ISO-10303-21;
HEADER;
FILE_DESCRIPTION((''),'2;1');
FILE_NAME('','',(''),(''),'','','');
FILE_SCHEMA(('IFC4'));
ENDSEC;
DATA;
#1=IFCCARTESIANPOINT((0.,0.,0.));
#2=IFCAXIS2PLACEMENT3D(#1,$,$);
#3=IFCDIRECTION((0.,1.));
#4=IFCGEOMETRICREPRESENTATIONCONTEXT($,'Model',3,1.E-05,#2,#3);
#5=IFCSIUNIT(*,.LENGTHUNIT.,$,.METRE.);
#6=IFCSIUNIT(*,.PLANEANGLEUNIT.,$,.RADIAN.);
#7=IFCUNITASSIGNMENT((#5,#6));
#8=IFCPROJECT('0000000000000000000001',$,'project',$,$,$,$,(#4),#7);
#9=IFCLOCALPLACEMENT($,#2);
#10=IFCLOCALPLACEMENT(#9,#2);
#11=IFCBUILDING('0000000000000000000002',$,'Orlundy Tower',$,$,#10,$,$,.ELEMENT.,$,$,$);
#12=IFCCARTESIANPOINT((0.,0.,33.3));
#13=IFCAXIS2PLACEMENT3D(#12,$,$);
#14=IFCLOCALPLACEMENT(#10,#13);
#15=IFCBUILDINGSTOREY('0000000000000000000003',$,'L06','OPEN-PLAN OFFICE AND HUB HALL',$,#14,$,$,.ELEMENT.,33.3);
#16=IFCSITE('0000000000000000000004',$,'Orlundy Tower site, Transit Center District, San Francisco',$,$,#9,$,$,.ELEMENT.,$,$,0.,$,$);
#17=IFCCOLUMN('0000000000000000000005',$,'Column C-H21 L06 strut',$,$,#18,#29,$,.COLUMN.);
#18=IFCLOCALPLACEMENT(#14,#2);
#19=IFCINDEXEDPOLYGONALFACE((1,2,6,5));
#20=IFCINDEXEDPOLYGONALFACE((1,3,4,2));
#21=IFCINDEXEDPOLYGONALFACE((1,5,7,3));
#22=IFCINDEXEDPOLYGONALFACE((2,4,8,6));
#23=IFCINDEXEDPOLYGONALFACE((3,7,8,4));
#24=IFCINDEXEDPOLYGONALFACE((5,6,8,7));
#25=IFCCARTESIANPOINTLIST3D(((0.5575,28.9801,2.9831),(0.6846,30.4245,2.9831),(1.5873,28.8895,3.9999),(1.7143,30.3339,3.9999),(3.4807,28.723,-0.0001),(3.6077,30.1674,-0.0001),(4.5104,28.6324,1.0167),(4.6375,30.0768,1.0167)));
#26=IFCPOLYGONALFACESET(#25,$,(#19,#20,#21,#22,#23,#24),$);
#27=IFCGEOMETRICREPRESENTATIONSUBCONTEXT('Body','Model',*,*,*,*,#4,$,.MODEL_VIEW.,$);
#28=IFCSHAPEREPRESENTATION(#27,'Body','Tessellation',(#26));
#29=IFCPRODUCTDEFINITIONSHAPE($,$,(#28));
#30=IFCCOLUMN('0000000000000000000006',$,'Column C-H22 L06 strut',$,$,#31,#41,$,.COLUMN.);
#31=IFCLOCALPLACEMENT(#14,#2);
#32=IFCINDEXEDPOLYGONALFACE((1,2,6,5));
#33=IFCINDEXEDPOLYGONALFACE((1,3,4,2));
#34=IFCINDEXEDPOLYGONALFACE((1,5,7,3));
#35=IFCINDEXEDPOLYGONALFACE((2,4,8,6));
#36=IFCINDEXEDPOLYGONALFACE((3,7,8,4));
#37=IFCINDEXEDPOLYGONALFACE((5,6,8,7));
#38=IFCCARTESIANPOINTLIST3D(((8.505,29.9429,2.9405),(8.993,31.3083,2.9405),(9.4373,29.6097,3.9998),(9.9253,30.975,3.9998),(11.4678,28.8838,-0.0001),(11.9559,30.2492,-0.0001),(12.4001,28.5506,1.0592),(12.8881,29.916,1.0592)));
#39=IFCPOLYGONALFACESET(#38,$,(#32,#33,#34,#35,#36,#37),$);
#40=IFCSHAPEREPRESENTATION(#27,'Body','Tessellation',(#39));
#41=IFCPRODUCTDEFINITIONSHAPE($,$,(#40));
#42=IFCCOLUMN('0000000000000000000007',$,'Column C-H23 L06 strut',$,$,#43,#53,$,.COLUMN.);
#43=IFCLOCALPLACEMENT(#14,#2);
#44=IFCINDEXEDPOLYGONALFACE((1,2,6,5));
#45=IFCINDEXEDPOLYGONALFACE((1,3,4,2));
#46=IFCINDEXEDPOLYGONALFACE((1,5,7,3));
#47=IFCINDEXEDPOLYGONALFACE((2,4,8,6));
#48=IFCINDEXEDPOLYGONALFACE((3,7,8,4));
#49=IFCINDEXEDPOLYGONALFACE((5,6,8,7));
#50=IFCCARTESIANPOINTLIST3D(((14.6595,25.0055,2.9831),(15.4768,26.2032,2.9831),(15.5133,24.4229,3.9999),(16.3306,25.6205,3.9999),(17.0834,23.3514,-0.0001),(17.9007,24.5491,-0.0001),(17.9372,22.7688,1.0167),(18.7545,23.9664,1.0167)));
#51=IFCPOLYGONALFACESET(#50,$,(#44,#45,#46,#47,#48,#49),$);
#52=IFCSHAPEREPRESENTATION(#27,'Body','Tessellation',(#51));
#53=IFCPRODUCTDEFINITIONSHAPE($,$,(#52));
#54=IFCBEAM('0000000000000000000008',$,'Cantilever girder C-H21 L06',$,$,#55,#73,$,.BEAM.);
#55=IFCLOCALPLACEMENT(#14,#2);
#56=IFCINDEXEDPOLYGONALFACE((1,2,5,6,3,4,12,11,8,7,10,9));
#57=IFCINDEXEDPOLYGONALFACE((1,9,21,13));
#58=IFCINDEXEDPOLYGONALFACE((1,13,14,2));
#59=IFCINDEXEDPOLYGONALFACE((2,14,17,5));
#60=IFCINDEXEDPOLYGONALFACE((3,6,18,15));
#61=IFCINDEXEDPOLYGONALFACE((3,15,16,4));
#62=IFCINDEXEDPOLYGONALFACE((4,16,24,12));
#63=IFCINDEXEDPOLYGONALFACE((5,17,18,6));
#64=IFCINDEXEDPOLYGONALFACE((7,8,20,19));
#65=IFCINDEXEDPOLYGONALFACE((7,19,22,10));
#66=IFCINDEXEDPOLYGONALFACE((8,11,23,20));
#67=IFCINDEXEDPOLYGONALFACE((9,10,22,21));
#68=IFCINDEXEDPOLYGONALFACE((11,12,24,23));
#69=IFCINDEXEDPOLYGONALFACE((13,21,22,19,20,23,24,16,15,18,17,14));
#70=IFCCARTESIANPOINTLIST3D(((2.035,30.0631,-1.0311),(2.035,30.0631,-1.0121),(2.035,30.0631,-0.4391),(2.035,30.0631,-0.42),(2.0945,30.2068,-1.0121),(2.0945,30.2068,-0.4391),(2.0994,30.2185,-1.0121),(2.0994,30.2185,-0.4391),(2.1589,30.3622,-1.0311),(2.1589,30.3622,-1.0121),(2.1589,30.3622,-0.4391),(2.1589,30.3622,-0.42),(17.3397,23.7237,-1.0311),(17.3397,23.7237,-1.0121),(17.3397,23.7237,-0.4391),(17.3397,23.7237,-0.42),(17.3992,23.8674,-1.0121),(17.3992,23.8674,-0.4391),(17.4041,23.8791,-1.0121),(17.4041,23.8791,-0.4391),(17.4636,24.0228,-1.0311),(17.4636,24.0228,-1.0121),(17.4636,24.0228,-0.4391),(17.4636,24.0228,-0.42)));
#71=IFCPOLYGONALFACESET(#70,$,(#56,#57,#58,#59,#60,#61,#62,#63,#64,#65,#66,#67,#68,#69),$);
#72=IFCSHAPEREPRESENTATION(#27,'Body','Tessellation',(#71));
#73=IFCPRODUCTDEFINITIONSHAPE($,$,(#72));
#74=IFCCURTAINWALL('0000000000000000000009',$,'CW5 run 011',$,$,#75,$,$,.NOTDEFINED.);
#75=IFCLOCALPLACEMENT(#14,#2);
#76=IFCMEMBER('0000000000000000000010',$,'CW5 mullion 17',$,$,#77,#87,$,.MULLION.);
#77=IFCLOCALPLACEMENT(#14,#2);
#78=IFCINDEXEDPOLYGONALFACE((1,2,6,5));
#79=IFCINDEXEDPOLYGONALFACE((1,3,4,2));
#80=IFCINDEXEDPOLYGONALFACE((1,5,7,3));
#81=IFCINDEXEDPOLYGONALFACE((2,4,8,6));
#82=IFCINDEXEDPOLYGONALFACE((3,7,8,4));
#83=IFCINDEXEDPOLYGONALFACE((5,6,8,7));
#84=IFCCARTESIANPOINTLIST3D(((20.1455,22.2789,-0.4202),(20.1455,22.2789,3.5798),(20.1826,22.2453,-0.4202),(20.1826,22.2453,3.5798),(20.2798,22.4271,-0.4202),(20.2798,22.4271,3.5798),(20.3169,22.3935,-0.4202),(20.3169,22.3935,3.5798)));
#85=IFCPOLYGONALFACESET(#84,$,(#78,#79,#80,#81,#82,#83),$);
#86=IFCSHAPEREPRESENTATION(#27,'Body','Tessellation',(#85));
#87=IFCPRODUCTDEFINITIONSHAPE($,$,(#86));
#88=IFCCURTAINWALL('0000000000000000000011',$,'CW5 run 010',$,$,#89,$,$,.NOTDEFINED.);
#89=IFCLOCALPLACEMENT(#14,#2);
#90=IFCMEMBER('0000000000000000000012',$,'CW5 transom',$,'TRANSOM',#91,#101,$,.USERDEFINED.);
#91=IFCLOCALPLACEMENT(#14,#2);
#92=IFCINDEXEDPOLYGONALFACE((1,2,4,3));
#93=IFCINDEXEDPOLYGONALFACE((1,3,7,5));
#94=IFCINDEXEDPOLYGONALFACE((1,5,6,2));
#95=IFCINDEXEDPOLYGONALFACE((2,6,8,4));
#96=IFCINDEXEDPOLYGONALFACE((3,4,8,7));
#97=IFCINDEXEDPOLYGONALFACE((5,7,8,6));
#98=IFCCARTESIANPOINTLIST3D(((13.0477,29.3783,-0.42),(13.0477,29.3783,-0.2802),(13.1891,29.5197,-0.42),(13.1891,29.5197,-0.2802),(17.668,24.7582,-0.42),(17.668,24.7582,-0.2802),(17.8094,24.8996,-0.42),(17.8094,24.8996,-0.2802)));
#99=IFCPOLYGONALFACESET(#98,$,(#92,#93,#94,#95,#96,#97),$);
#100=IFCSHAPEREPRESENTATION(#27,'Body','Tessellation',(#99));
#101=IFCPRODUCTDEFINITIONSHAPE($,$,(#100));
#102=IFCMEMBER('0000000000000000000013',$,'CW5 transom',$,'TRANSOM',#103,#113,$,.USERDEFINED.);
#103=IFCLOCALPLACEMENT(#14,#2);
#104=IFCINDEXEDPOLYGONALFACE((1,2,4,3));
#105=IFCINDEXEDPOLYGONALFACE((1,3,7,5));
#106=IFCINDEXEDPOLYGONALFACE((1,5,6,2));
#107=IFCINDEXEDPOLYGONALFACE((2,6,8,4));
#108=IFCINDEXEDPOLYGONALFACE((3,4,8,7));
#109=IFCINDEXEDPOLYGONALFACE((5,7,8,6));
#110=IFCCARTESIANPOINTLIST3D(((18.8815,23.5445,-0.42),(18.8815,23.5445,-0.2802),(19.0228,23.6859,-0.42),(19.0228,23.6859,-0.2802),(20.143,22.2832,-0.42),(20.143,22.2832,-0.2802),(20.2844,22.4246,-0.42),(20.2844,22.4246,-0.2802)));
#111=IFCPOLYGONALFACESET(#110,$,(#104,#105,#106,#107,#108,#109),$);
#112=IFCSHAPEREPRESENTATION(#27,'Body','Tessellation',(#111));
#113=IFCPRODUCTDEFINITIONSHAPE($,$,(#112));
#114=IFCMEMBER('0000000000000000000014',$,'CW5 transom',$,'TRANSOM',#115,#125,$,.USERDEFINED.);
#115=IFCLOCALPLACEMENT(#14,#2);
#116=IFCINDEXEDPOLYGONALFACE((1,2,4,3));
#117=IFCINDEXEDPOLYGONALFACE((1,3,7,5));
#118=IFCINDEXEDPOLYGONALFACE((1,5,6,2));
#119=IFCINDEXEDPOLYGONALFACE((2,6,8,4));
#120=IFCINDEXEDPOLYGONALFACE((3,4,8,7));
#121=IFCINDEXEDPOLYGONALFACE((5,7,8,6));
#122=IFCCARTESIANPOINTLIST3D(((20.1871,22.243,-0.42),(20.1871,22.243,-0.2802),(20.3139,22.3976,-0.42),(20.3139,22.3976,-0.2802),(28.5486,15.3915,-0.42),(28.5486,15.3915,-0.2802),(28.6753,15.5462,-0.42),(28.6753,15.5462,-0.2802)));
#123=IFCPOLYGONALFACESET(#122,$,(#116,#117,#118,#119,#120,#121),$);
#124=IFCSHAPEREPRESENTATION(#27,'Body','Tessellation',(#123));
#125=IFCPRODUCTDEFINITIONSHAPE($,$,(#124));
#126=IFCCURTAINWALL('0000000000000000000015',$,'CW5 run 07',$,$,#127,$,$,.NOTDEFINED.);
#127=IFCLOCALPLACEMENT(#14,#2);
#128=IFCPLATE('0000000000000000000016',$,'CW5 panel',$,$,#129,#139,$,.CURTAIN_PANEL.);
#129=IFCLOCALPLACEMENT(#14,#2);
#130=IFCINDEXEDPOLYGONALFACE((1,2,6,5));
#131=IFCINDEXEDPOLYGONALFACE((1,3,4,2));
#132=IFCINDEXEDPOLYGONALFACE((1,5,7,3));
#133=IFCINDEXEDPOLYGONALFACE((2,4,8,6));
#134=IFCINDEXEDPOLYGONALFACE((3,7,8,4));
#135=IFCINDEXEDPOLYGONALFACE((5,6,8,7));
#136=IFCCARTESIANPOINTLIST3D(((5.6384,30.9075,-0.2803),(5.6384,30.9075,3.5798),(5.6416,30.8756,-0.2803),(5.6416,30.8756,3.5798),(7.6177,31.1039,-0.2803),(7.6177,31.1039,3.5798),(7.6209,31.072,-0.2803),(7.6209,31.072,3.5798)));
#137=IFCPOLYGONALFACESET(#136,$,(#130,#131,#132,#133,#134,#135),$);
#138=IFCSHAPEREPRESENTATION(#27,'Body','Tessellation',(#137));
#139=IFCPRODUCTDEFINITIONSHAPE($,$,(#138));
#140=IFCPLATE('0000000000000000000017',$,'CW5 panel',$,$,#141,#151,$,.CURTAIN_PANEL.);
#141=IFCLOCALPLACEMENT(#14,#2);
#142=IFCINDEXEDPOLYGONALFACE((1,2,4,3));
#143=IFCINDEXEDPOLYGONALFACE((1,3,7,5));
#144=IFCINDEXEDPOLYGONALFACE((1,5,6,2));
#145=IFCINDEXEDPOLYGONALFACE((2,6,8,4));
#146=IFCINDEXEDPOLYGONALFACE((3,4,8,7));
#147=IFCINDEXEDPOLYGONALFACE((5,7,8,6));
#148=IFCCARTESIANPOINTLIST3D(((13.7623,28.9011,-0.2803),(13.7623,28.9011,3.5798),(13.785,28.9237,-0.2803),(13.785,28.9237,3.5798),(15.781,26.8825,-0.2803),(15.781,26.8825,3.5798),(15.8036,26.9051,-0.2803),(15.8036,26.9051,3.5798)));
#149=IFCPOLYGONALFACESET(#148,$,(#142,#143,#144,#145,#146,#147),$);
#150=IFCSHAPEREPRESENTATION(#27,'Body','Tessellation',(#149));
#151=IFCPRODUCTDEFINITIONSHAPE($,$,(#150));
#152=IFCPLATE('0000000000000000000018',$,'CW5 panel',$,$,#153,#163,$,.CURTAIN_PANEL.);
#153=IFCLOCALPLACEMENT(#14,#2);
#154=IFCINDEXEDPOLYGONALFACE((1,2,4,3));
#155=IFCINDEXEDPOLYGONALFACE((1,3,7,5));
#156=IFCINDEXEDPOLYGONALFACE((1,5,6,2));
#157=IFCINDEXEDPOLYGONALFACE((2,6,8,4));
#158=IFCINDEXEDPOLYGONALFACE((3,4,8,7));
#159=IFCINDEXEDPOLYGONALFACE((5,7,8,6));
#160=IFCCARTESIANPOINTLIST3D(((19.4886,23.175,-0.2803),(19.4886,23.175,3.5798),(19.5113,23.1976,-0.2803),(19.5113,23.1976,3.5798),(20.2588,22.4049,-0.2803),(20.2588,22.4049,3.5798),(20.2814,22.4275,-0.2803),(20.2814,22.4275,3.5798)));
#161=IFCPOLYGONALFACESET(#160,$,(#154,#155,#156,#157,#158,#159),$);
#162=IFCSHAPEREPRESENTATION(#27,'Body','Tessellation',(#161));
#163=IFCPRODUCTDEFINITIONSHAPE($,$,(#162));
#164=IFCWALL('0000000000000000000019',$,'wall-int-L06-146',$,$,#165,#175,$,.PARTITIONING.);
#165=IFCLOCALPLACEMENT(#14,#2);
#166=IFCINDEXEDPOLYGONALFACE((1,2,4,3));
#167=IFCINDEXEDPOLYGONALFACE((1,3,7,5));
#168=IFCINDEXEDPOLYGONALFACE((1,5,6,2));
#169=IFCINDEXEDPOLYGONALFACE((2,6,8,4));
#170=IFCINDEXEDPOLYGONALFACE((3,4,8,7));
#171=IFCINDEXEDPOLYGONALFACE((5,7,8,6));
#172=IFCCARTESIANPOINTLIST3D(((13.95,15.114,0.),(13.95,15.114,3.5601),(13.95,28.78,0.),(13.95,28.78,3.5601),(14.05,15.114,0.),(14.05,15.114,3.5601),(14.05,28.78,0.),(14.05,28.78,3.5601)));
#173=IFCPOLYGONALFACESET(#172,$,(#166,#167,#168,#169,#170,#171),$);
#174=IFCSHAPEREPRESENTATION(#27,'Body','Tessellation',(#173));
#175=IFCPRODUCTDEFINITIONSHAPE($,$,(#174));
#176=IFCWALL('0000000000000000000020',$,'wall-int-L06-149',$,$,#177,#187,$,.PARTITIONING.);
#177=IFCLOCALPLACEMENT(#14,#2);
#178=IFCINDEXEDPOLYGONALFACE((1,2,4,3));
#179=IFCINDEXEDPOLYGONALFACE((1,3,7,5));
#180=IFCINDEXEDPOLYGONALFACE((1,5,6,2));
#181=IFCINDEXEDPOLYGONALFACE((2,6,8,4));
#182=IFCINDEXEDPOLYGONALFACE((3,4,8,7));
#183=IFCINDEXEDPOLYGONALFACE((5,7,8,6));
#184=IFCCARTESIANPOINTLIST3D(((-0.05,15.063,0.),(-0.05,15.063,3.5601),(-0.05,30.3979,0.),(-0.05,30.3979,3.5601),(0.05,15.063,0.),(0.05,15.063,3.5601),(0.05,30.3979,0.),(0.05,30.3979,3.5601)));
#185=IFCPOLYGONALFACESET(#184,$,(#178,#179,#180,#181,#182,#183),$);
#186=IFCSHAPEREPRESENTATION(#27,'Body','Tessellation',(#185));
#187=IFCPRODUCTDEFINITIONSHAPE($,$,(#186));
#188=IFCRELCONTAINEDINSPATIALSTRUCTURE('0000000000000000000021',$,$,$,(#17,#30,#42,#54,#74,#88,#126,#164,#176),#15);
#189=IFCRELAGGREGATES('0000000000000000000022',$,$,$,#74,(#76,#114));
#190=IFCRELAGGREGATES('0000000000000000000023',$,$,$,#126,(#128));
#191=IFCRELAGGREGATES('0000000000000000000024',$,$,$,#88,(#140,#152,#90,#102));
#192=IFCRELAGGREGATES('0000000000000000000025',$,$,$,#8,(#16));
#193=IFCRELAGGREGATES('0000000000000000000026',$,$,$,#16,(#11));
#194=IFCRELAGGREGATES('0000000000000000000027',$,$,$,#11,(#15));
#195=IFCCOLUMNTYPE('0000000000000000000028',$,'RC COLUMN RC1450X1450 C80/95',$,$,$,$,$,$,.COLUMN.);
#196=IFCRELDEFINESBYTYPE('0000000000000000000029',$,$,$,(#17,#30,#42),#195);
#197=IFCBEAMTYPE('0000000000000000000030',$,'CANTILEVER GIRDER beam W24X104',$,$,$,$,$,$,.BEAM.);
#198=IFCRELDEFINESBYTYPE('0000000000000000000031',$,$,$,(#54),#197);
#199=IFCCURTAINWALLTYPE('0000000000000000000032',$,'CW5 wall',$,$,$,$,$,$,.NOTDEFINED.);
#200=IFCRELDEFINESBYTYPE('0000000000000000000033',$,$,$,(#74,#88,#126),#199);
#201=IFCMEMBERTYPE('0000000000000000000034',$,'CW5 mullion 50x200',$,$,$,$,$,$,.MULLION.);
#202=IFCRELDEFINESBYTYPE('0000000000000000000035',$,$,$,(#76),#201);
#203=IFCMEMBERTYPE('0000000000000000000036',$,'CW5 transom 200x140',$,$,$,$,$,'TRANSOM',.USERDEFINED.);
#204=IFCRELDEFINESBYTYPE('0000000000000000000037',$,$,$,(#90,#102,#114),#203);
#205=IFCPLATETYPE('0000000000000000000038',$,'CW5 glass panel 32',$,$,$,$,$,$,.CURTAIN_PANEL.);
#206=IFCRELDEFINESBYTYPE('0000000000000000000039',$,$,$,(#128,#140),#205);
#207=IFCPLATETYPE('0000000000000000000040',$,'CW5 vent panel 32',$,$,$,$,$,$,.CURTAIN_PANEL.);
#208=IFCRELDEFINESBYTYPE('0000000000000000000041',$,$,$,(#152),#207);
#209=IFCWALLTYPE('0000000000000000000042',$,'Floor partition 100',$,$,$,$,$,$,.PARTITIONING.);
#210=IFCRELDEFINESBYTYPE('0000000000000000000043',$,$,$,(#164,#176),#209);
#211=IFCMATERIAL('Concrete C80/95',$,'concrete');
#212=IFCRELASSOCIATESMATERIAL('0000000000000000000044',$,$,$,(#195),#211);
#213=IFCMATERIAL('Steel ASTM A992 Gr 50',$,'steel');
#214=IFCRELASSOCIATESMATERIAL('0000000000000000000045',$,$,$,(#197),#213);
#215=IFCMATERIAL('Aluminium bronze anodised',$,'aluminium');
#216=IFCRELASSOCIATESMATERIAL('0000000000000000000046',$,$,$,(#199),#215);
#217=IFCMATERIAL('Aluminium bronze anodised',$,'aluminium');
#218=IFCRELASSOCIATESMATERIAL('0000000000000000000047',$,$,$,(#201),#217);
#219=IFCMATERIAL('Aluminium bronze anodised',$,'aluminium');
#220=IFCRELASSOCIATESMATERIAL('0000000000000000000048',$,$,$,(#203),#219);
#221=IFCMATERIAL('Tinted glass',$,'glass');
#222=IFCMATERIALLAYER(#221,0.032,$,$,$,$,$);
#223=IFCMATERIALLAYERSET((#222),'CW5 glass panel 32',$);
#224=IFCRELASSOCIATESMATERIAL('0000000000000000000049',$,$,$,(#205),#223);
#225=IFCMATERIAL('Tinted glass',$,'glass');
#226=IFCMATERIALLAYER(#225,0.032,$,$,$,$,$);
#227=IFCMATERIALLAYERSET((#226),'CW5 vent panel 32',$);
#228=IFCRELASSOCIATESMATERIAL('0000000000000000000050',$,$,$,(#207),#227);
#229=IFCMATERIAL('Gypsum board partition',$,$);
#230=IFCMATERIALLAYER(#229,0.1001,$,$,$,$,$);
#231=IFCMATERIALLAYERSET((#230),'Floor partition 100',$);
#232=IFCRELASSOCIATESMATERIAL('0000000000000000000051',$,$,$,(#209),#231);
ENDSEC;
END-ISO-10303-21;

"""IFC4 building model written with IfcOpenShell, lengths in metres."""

from ifc_helpers import new_model, si_unit, direction, frame, frame_2d, origin, origin_2d, place, context, subcontext, project, spatial, rectangle, i_section, extrude, material, layer, layer_set, material_profile, profile_set, type_object, element, aggregate, save


model = new_model("IFC4")

# Units and contexts
model_context = context("Model", 3, precision=1e-05, world=origin(), true_north=direction((0.0, 1.0)))
body_context = subcontext(model_context, "Body", "Model", "MODEL_VIEW")
ifc_project = project(units=[si_unit("LENGTHUNIT", "METRE"), si_unit("PLANEANGLEUNIT", "RADIAN")], contexts=[model_context])

# Site, building, storey
site_placement = place(None, origin())
site = spatial("IfcSite", under=ifc_project, at=site_placement, Name="Orlundy Tower site, Transit Center District, San Francisco", CompositionType="ELEMENT", RefElevation=0.0)
building_placement = place(site_placement, origin())
building = spatial("IfcBuilding", under=site, at=building_placement, Name="Orlundy Tower", CompositionType="ELEMENT")
storey_placement = place(building_placement, frame((0.0, 0.0, 33.3)))
storey = spatial("IfcBuildingStorey", under=building, at=storey_placement, Name="L06", Description="OPEN-PLAN OFFICE AND HUB HALL", CompositionType="ELEMENT", Elevation=33.3)

# Columns
ifc_material_1 = material(Name="Concrete C80/95", Category="concrete")
ifc_material_profile_1 = material_profile(ifc_material_1, rectangle(XDim=1.45, YDim=1.45, at=origin_2d()), Name="RC1450X1450")
ifc_profile_set_1 = profile_set([ifc_material_profile_1], Name="Concrete C80/95")
column_type = type_object("IfcColumnType", Name="RC COLUMN RC1450X1450 C80/95", PredefinedType="COLUMN", material=ifc_profile_set_1)
column_1_placement = place(storey_placement, frame((4.0591, 29.3999, 0.5083), z_axis=(-0.698558, 0.061437, 0.712911), x_axis=(-0.08761, -0.996155, 0.0)))
element("IfcColumn", 1, at=column_1_placement, inside=storey, type_object=column_type, Name="Column C-H21 L06 strut", PredefinedType="COLUMN", context=body_context, shape_type="SweptSolid", body=[
    extrude(rectangle(XDim=1.45, YDim=1.45, at=origin_2d()), origin(), (0.0, 0.0, 1.0), 4.1846),
])
column_2_placement = place(storey_placement, frame((12.178, 29.3999, 0.5295), z_axis=(-0.687967, 0.245913, 0.682809), x_axis=(-0.336592, -0.941651, 0.0)))
element("IfcColumn", 2, at=column_2_placement, inside=storey, type_object=column_type, Name="Column C-H22 L06 strut", PredefinedType="COLUMN", context=body_context, shape_type="SweptSolid", body=[
    extrude(rectangle(XDim=1.45, YDim=1.45, at=origin_2d()), origin(), (0.0, 0.0, 1.0), 4.3066),
])
column_3_placement = place(storey_placement, frame((17.9189, 23.6589, 0.5083), z_axis=(-0.57924, 0.395281, 0.712906), x_axis=(-0.563672, -0.825998, 0.0)))
element("IfcColumn", 3, at=column_3_placement, inside=storey, type_object=column_type, Name="Column C-H23 L06 strut", PredefinedType="COLUMN", context=body_context, shape_type="SweptSolid", body=[
    extrude(rectangle(XDim=1.45, YDim=1.45, at=origin_2d()), origin(), (0.0, 0.0, 1.0), 4.1846),
])

# Beam
ifc_material_2 = material(Name="Steel ASTM A992 Gr 50", Category="steel")
ifc_material_profile_2 = material_profile(ifc_material_2, i_section(OverallWidth=0.3237, OverallDepth=0.6111, WebThickness=0.0127, FlangeThickness=0.019, at=origin_2d()), Name="W24X104")
ifc_profile_set_2 = profile_set([ifc_material_profile_2], Name="Steel ASTM A992 Gr 50")
beam_type = type_object("IfcBeamType", Name="CANTILEVER GIRDER beam W24X104", PredefinedType="BEAM", material=ifc_profile_set_2)
beam_placement = place(storey_placement, frame((2.0969, 30.2126, -0.7256), z_axis=(0.923881, -0.382681, 0.0), x_axis=(0.382681, 0.923881, 0.0)))
element("IfcBeam", 4, at=beam_placement, inside=storey, type_object=beam_type, Name="Cantilever girder C-H21 L06", PredefinedType="BEAM", context=body_context, shape_type="SweptSolid", body=[
    extrude(i_section(OverallWidth=0.3237, OverallDepth=0.6111, WebThickness=0.0127, FlangeThickness=0.019, at=origin_2d()), origin(), (0.0, 0.0, 1.0), 16.5657),
])

# Curtain wall, member
ifc_material_3 = material(Name="Aluminium bronze anodised", Category="aluminium")
curtain_wall_type = type_object("IfcCurtainWallType", Name="CW5 wall", PredefinedType="NOTDEFINED", material=ifc_material_3)
curtain_wall_1_placement = place(storey_placement, origin())
curtain_wall_1 = element("IfcCurtainWall", 5, at=curtain_wall_1_placement, inside=storey, type_object=curtain_wall_type, Name="CW5 run 011", PredefinedType="NOTDEFINED")
ifc_material_4 = material(Name="Aluminium bronze anodised", Category="aluminium")
ifc_material_profile_3 = material_profile(ifc_material_4, rectangle(XDim=0.2, YDim=0.05, at=origin_2d()), Name="CW5 mullion 50x200")
ifc_profile_set_3 = profile_set([ifc_material_profile_3], Name="Aluminium bronze anodised")
member_type_1 = type_object("IfcMemberType", Name="CW5 mullion 50x200", PredefinedType="MULLION", material=ifc_profile_set_3)
member_1_placement = place(storey_placement, frame((20.2312, 22.3362, -0.4202), z_axis=(0.0, 0.0, 1.0), x_axis=(0.671282, 0.741202, 0.0)))
member_1 = element("IfcMember", 6, at=member_1_placement, type_object=member_type_1, Name="CW5 mullion 17", PredefinedType="MULLION", context=body_context, shape_type="SweptSolid", body=[
    extrude(rectangle(XDim=0.2, YDim=0.05, at=origin_2d()), origin(), (0.0, 0.0, 1.0), 4.0),
])

# Curtain wall, members
curtain_wall_2_placement = place(storey_placement, origin())
curtain_wall_2 = element("IfcCurtainWall", 7, at=curtain_wall_2_placement, inside=storey, type_object=curtain_wall_type, Name="CW5 run 010", PredefinedType="NOTDEFINED")
ifc_material_5 = material(Name="Aluminium bronze anodised", Category="aluminium")
ifc_material_profile_4 = material_profile(ifc_material_5, rectangle(XDim=0.2, YDim=0.1399, at=origin_2d()), Name="CW5 transom 200x140")
ifc_profile_set_4 = profile_set([ifc_material_profile_4], Name="Aluminium bronze anodised")
member_type_2 = type_object("IfcMemberType", Name="CW5 transom 200x140", ElementType="TRANSOM", PredefinedType="USERDEFINED", material=ifc_profile_set_4)
member_2_placement = place(storey_placement, frame((13.1184, 29.449, -0.3501), z_axis=(0.707125, -0.707088, 0.0), x_axis=(0.707088, 0.707125, 0.0)))
member_2 = element("IfcMember", 8, at=member_2_placement, type_object=member_type_2, Name="CW5 transom", ObjectType="TRANSOM", PredefinedType="USERDEFINED", context=body_context, shape_type="SweptSolid", body=[
    extrude(rectangle(XDim=0.2, YDim=0.1399, at=origin_2d()), origin(), (0.0, 0.0, 1.0), 6.5339),
])
member_3_placement = place(storey_placement, frame((18.9521, 23.6152, -0.3501), z_axis=(0.707175, -0.707038, 0.0), x_axis=(0.707038, 0.707175, 0.0)))
member_3 = element("IfcMember", 9, at=member_3_placement, type_object=member_type_2, Name="CW5 transom", ObjectType="TRANSOM", PredefinedType="USERDEFINED", context=body_context, shape_type="SweptSolid", body=[
    extrude(rectangle(XDim=0.2, YDim=0.1399, at=origin_2d()), origin(), (0.0, 0.0, 1.0), 1.7839),
])

# Member
member_4_placement = place(storey_placement, frame((20.2505, 22.3203, -0.3501), z_axis=(0.773491, -0.633807, 0.0), x_axis=(0.633807, 0.773491, 0.0)))
member_4 = element("IfcMember", 10, at=member_4_placement, type_object=member_type_2, Name="CW5 transom", ObjectType="TRANSOM", PredefinedType="USERDEFINED", context=body_context, shape_type="SweptSolid", body=[
    extrude(rectangle(XDim=0.2, YDim=0.1399, at=origin_2d()), origin(), (0.0, 0.0, 1.0), 10.8101),
])
aggregate(curtain_wall_1, [member_1, member_4])

# Curtain wall, plate
curtain_wall_3_placement = place(storey_placement, origin())
curtain_wall_3 = element("IfcCurtainWall", 11, at=curtain_wall_3_placement, inside=storey, type_object=curtain_wall_type, Name="CW5 run 07", PredefinedType="NOTDEFINED")
ifc_material_6 = material(Name="Tinted glass", Category="glass")
ifc_layer_1 = layer(ifc_material_6, 0.032)
ifc_layer_set_1 = layer_set([ifc_layer_1], Name="CW5 glass panel 32")
plate_type_1 = type_object("IfcPlateType", Name="CW5 glass panel 32", PredefinedType="CURTAIN_PANEL", material=ifc_layer_set_1)
plate_1_placement = place(storey_placement, frame((6.6296, 30.9897, -0.2803), z_axis=(0.0, 0.0, 1.0), x_axis=(0.995113, 0.098743, 0.0)))
plate_1 = element("IfcPlate", 12, at=plate_1_placement, type_object=plate_type_1, Name="CW5 panel", PredefinedType="CURTAIN_PANEL", context=body_context, shape_type="SweptSolid", body=[
    extrude(rectangle(XDim=1.989, YDim=0.032, at=origin_2d()), origin(), (0.0, 0.0, 1.0), 3.8601),
])
aggregate(curtain_wall_3, [plate_1])

# Plates
plate_2_placement = place(storey_placement, frame((14.783, 27.9031, -0.2803), z_axis=(0.0, 0.0, 1.0), x_axis=(0.707107, -0.707107, 0.0)))
plate_2 = element("IfcPlate", 13, at=plate_2_placement, type_object=plate_type_1, Name="CW5 panel", PredefinedType="CURTAIN_PANEL", context=body_context, shape_type="SweptSolid", body=[
    extrude(rectangle(XDim=2.8547, YDim=0.032, at=origin_2d()), origin(), (0.0, 0.0, 1.0), 3.8601),
])
ifc_material_7 = material(Name="Tinted glass", Category="glass")
ifc_layer_2 = layer(ifc_material_7, 0.032)
ifc_layer_set_2 = layer_set([ifc_layer_2], Name="CW5 vent panel 32")
plate_type_2 = type_object("IfcPlateType", Name="CW5 vent panel 32", PredefinedType="CURTAIN_PANEL", material=ifc_layer_set_2)
plate_3_placement = place(storey_placement, frame((19.885, 22.8013, -0.2803), z_axis=(0.0, 0.0, 1.0), x_axis=(0.707107, -0.707107, 0.0)))
plate_3 = element("IfcPlate", 14, at=plate_3_placement, type_object=plate_type_2, Name="CW5 panel", PredefinedType="CURTAIN_PANEL", context=body_context, shape_type="SweptSolid", body=[
    extrude(rectangle(XDim=1.0891, YDim=0.032, at=origin_2d()), origin(), (0.0, 0.0, 1.0), 3.8601),
])
aggregate(curtain_wall_2, [plate_2, plate_3, member_2, member_3])

# Walls
ifc_material_8 = material(Name="Gypsum board partition")
ifc_layer_3 = layer(ifc_material_8, 0.1001)
ifc_layer_set_3 = layer_set([ifc_layer_3], Name="Floor partition 100")
wall_type_1 = type_object("IfcWallType", Name="Floor partition 100", PredefinedType="PARTITIONING", material=ifc_layer_set_3)
wall_1_placement = place(storey_placement, frame((14.0, 15.114, 0.0), z_axis=(0.0, 0.0, 1.0), x_axis=(0.0, 1.0, 0.0)))
element("IfcWall", 15, at=wall_1_placement, inside=storey, type_object=wall_type_1, Name="wall-int-L06-146", PredefinedType="PARTITIONING", context=body_context, shape_type="SweptSolid", body=[
    extrude(rectangle(XDim=13.666, YDim=0.1001, at=frame_2d((6.833, 0.0))), origin(), (0.0, 0.0, 1.0), 3.5601),
])
wall_2_placement = place(storey_placement, frame((0.0, 15.063, 0.0), z_axis=(0.0, 0.0, 1.0), x_axis=(0.0, 1.0, 0.0)))
element("IfcWall", 16, at=wall_2_placement, inside=storey, type_object=wall_type_1, Name="wall-int-L06-149", PredefinedType="PARTITIONING", context=body_context, shape_type="SweptSolid", body=[
    extrude(rectangle(XDim=15.335, YDim=0.1001, at=frame_2d((7.6675, 0.0))), origin(), (0.0, 0.0, 1.0), 3.5601),
])

save(model, "model.ifc")
